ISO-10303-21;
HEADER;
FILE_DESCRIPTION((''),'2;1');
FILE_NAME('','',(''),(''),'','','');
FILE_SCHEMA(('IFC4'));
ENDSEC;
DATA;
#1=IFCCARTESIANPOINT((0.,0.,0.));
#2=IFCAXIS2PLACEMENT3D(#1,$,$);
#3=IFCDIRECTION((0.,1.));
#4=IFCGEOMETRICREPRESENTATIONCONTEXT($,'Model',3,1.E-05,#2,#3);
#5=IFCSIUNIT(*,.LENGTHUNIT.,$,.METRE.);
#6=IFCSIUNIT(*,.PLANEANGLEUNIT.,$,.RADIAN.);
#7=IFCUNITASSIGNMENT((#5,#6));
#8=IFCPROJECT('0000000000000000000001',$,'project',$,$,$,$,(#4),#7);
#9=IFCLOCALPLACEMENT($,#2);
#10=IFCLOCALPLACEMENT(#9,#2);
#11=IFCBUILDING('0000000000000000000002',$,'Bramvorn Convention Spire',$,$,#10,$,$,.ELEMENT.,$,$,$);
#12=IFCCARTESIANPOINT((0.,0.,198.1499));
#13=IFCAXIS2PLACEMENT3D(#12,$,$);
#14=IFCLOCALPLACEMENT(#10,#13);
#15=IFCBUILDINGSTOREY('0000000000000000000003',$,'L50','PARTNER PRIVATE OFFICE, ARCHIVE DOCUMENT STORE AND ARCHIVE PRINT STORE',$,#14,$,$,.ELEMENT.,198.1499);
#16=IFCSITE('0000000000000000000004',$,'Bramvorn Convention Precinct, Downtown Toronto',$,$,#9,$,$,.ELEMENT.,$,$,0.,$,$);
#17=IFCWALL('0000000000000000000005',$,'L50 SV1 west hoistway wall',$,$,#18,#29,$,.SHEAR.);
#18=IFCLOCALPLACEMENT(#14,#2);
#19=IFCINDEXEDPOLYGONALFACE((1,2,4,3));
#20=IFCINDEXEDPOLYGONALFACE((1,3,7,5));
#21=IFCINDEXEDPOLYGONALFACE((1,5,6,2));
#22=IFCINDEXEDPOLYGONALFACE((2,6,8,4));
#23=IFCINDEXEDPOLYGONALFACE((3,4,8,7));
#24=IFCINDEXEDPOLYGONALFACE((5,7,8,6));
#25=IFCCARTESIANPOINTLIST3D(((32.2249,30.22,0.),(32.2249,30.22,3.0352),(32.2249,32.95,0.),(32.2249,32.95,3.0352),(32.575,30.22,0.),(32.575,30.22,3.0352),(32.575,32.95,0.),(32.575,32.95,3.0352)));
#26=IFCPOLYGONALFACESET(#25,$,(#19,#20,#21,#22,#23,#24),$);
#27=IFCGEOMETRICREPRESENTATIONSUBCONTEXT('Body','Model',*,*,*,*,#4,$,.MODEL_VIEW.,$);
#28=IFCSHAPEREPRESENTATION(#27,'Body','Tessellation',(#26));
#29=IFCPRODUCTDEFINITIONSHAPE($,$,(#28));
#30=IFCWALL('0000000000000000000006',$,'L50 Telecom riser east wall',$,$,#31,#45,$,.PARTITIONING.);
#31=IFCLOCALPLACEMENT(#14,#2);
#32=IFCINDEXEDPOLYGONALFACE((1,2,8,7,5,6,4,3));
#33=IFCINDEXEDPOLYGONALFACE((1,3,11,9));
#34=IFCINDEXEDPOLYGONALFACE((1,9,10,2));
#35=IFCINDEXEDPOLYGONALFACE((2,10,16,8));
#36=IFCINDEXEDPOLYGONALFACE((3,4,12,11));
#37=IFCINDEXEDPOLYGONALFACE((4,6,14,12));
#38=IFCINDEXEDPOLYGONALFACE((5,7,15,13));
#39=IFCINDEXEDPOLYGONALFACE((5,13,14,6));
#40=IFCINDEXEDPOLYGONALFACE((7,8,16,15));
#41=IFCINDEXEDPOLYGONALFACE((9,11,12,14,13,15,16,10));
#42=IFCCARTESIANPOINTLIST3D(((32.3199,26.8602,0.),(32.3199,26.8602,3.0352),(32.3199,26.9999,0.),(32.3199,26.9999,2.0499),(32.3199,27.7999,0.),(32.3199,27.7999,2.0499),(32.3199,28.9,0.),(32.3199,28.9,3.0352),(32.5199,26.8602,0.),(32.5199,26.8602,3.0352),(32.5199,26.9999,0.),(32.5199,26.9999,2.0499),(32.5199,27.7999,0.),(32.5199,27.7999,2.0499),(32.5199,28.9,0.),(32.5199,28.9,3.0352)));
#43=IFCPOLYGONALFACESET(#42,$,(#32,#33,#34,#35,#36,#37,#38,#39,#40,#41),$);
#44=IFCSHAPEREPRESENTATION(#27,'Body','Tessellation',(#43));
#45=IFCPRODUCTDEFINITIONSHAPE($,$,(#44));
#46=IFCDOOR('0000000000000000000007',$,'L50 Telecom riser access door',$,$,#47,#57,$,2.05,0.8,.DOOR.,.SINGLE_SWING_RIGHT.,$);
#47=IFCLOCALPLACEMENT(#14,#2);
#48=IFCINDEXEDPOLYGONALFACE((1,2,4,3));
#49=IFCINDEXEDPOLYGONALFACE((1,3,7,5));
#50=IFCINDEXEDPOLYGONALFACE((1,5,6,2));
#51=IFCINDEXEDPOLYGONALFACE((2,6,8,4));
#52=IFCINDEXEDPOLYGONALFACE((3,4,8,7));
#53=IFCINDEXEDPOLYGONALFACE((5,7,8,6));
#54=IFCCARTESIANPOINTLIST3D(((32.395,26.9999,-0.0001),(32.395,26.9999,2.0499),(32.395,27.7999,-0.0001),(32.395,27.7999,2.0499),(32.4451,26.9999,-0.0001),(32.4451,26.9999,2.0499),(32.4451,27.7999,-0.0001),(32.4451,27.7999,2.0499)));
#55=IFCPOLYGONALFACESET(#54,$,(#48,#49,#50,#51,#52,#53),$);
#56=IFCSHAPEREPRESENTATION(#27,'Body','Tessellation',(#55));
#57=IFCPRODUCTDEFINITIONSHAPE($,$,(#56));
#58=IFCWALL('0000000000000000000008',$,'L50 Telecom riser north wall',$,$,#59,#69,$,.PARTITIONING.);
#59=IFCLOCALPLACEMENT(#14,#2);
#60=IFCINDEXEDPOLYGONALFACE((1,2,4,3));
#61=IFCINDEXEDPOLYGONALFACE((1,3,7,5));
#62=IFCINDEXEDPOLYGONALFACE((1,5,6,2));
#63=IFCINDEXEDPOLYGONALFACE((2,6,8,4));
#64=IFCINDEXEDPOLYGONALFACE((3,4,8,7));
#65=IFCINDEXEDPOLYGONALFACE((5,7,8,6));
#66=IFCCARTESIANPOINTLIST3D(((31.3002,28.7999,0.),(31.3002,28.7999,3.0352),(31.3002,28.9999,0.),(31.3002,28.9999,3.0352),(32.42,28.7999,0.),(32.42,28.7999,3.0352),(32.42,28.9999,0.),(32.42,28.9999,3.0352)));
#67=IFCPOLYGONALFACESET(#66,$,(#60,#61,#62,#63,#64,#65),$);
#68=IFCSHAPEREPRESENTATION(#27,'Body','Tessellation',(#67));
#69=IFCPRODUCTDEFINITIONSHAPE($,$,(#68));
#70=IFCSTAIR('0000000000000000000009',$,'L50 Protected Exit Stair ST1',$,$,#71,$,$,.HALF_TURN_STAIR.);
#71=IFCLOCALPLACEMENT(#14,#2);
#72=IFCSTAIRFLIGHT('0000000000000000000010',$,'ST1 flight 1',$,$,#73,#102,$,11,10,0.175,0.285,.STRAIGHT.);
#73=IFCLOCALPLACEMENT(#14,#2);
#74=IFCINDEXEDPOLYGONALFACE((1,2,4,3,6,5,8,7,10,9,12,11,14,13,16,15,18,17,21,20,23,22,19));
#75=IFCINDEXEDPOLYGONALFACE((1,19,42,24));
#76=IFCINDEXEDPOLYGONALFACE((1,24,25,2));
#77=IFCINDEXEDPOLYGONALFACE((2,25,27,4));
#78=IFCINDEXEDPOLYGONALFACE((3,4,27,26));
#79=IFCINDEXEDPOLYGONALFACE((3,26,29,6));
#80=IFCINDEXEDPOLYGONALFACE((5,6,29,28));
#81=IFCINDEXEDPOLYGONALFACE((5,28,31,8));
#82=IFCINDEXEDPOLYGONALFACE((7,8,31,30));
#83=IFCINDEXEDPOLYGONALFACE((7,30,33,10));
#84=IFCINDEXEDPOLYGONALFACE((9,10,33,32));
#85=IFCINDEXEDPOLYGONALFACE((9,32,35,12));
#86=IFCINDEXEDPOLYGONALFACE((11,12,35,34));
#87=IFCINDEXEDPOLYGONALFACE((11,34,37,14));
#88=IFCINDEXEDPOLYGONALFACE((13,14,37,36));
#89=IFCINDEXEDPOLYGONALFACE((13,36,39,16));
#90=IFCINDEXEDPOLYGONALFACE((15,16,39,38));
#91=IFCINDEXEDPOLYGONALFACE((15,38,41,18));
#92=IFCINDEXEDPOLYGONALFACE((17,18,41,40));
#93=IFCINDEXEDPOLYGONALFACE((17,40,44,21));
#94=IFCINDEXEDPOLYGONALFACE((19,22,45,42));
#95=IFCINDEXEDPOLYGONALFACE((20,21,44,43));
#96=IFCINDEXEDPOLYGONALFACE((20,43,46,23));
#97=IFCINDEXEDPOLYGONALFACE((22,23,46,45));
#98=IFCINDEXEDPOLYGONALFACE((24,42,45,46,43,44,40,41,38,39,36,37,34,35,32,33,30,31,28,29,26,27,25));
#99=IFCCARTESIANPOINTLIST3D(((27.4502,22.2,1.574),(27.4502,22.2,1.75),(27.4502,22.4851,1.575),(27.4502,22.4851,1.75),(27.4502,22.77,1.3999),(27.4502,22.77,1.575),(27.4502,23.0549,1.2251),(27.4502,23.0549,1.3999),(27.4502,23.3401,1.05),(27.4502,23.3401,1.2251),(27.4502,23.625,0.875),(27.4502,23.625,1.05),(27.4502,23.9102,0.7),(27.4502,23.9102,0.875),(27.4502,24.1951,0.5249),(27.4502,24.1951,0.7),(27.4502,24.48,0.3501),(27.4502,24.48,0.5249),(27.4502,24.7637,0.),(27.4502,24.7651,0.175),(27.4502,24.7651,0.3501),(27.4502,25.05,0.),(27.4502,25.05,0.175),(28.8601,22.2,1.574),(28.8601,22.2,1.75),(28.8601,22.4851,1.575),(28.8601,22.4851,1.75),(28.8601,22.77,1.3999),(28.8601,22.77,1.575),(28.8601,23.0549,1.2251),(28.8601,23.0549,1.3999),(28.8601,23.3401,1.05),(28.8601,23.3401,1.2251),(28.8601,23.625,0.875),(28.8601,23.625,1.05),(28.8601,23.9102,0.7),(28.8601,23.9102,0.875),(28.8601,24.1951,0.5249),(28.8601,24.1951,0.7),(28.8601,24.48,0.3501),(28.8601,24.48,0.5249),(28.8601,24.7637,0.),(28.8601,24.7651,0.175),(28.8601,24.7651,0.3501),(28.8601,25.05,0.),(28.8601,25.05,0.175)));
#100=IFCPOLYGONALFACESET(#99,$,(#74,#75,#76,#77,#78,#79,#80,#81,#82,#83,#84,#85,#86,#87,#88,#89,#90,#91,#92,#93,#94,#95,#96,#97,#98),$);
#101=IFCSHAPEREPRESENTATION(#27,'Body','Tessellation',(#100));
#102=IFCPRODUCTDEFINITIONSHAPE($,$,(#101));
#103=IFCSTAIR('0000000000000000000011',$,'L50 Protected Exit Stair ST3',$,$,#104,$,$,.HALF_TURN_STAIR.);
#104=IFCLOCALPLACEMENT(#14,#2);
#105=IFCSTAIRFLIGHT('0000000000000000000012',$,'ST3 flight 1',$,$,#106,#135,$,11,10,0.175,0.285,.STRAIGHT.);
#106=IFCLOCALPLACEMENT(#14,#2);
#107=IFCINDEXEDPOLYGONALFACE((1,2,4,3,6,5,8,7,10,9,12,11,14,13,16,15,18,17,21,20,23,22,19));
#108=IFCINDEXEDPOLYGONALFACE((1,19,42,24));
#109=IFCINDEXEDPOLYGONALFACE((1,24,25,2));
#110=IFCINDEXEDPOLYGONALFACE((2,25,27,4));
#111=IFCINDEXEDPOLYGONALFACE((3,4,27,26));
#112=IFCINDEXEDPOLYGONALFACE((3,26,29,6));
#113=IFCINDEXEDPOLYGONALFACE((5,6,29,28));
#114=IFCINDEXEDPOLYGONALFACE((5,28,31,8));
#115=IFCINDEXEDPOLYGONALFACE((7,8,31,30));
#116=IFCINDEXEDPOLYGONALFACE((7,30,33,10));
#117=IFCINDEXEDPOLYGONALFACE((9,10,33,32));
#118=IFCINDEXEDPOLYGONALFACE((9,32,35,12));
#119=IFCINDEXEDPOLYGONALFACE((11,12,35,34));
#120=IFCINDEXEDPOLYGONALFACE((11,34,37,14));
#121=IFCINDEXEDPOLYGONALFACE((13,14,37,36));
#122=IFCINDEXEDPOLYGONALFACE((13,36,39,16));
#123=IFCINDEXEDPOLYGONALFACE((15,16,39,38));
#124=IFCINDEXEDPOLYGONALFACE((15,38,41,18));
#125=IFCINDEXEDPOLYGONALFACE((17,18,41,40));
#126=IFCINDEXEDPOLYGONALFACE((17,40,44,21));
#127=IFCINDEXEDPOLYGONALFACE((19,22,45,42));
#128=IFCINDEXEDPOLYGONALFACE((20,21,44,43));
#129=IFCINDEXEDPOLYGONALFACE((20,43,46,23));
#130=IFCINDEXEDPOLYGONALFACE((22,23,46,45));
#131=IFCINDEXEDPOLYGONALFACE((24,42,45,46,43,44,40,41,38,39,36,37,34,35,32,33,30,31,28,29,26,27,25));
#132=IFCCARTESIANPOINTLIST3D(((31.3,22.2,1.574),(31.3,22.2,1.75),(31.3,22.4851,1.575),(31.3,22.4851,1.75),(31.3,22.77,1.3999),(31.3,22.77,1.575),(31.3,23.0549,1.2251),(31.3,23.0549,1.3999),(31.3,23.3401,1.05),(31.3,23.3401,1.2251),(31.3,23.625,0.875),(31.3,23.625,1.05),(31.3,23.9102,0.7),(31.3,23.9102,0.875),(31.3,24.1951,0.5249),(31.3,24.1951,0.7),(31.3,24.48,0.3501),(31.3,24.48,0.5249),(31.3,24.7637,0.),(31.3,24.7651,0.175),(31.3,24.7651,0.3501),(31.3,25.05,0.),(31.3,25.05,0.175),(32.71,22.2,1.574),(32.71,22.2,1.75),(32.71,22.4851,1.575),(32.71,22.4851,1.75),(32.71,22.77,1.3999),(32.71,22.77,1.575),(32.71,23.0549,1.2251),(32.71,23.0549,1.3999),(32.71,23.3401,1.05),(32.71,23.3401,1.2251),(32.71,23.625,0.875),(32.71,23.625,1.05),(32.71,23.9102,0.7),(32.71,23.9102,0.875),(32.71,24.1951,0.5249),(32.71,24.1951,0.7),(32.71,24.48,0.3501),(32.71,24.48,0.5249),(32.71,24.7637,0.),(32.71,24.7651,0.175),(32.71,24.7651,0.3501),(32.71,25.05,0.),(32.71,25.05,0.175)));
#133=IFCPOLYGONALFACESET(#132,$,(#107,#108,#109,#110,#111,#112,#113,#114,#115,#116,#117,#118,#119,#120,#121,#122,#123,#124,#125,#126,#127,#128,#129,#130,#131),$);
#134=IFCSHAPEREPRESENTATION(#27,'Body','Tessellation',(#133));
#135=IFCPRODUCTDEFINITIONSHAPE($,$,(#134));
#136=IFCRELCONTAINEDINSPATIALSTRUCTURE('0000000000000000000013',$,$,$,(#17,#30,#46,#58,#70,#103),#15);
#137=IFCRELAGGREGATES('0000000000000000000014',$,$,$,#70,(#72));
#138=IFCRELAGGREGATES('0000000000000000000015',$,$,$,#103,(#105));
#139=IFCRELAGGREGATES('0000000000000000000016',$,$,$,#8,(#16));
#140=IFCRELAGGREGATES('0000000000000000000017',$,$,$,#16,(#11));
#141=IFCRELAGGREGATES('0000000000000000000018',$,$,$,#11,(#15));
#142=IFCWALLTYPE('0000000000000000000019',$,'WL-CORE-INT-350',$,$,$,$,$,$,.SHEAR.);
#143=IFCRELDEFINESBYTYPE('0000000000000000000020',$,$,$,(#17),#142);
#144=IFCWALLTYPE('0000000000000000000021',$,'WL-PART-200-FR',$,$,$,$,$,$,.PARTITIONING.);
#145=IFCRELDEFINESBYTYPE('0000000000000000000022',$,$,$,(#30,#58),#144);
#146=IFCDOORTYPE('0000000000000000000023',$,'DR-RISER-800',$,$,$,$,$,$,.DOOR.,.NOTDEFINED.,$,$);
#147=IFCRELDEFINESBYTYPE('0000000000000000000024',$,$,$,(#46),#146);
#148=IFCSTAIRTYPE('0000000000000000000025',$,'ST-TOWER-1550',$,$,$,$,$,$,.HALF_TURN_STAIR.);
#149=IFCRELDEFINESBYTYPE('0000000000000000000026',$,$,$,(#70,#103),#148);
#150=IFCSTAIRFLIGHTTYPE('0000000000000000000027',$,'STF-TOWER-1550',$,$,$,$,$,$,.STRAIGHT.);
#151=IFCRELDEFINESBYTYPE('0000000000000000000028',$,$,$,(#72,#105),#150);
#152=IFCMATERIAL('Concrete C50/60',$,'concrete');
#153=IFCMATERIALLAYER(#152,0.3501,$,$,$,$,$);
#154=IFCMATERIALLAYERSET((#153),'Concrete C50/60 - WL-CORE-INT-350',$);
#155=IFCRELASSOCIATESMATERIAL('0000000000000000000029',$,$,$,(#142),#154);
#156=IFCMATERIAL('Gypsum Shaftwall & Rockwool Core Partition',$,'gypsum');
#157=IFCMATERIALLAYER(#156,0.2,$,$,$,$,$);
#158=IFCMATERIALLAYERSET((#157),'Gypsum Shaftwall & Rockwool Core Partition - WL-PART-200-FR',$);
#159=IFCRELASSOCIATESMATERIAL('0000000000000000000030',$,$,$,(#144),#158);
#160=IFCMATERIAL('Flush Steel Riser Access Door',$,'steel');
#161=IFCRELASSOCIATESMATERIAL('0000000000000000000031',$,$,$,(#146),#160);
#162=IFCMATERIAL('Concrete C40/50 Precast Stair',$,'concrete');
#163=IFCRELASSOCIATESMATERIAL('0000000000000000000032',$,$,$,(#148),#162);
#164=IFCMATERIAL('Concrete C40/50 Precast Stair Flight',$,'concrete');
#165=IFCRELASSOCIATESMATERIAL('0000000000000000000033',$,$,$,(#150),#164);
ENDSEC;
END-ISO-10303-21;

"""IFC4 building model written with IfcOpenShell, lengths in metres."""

from ifc_helpers import new_model, si_unit, direction, frame, frame_2d, origin, place, context, subcontext, project, spatial, polyline, rectangle, outline, extrude, material, layer, layer_set, type_object, element, fill, aggregate, save


model = new_model("IFC4")

# Units and contexts
model_context = context("Model", 3, precision=1e-05, world=origin(), true_north=direction((0.0, 1.0)))
body_context = subcontext(model_context, "Body", "Model", "MODEL_VIEW")
ifc_project = project(units=[si_unit("LENGTHUNIT", "METRE"), si_unit("PLANEANGLEUNIT", "RADIAN")], contexts=[model_context])

# Site, building, storey
site_placement = place(None, origin())
site = spatial("IfcSite", under=ifc_project, at=site_placement, Name="Bramvorn Convention Precinct, Downtown Toronto", CompositionType="ELEMENT", RefElevation=0.0)
building_placement = place(site_placement, origin())
building = spatial("IfcBuilding", under=site, at=building_placement, Name="Bramvorn Convention Spire", CompositionType="ELEMENT")
storey_placement = place(building_placement, frame((0.0, 0.0, 198.1499)))
storey = spatial("IfcBuildingStorey", under=building, at=storey_placement, Name="L50", Description="PARTNER PRIVATE OFFICE, ARCHIVE DOCUMENT STORE AND ARCHIVE PRINT STORE", CompositionType="ELEMENT", Elevation=198.1499)

# Shared definitions
ifc_material_1 = material(Name="Concrete C50/60", Category="concrete")
ifc_layer_1 = layer(ifc_material_1, 0.3501)
ifc_layer_set_1 = layer_set([ifc_layer_1], Name="Concrete C50/60 - WL-CORE-INT-350")
wall_type_1 = type_object("IfcWallType", Name="WL-CORE-INT-350", PredefinedType="SHEAR", material=ifc_layer_set_1)

# Wall
wall_1_placement = place(storey_placement, frame((32.3999, 30.22, 0.0), z_axis=(0.0, 0.0, 1.0), x_axis=(0.0, 1.0, 0.0)))
element("IfcWall", 1, at=wall_1_placement, inside=storey, type_object=wall_type_1, Name="L50 SV1 west hoistway wall", PredefinedType="SHEAR", context=body_context, shape_type="SweptSolid", body=[
    extrude(rectangle(XDim=2.73, YDim=0.3501, at=frame_2d((1.365, 0.0))), origin(), (0.0, 0.0, 1.0), 3.0352),
])

# Wall, opening, door
ifc_material_2 = material(Name="Gypsum Shaftwall & Rockwool Core Partition", Category="gypsum")
ifc_layer_2 = layer(ifc_material_2, 0.2)
ifc_layer_set_2 = layer_set([ifc_layer_2], Name="Gypsum Shaftwall & Rockwool Core Partition - WL-PART-200-FR")
wall_type_2 = type_object("IfcWallType", Name="WL-PART-200-FR", PredefinedType="PARTITIONING", material=ifc_layer_set_2)
wall_2_placement = place(storey_placement, frame((32.4199, 26.8601, 0.0), z_axis=(0.0, 0.0, 1.0), x_axis=(0.0, 1.0, 0.0)))
wall_2 = element("IfcWall", 2, at=wall_2_placement, inside=storey, type_object=wall_type_2, Name="L50 Telecom riser east wall", PredefinedType="PARTITIONING", context=body_context, shape_type="SweptSolid", body=[
    extrude(rectangle(XDim=2.0398, YDim=0.2, at=frame_2d((1.02, 0.0))), origin(), (0.0, 0.0, 1.0), 3.0352),
])
opening_1_placement = place(wall_2_placement, frame((0.1399, 0.0, 0.0)))
opening_1 = element("IfcOpeningElement", 3, at=opening_1_placement, cuts=wall_2, PredefinedType="OPENING", context=body_context, shape_type="SweptSolid", body=[
    extrude(rectangle(XDim=0.8, YDim=2.05, at=frame_2d((0.3999, 1.0249))), frame((0.0, 0.1099, 0.0), z_axis=(0.0, -1.0, 0.0), x_axis=(1.0, 0.0, 0.0)), (0.0, 0.0, 1.0), 0.22),
])
ifc_material_3 = material(Name="Flush Steel Riser Access Door", Category="steel")
door_type_1 = type_object("IfcDoorType", Name="DR-RISER-800", OperationType="NOTDEFINED", PredefinedType="DOOR", material=ifc_material_3)
door_1_placement = place(opening_1_placement, origin())
door_1 = element("IfcDoor", 4, at=door_1_placement, inside=storey, type_object=door_type_1, Name="L50 Telecom riser access door", OperationType="SINGLE_SWING_RIGHT", OverallHeight=2.05, OverallWidth=0.8, PredefinedType="DOOR", context=body_context, shape_type="SweptSolid", body=[
    extrude(rectangle(XDim=0.8, YDim=2.05, at=frame_2d((0.3999, 1.0249))), frame((0.0, 0.0249, 0.0), z_axis=(0.0, -1.0, 0.0), x_axis=(1.0, 0.0, 0.0)), (0.0, 0.0, 1.0), 0.05),
])
fill(opening_1, door_1)

# Wall
wall_3_placement = place(storey_placement, frame((31.3, 28.8999, 0.0), z_axis=(0.0, 0.0, 1.0), x_axis=(1.0, 0.0, 0.0)))
element("IfcWall", 5, at=wall_3_placement, inside=storey, type_object=wall_type_2, Name="L50 Telecom riser north wall", PredefinedType="PARTITIONING", context=body_context, shape_type="SweptSolid", body=[
    extrude(rectangle(XDim=1.1199, YDim=0.2, at=frame_2d((0.5601, 0.0))), origin(), (0.0, 0.0, 1.0), 3.0352),
])

# Stairs, stair flights
ifc_material_4 = material(Name="Concrete C40/50 Precast Stair", Category="concrete")
stair_type = type_object("IfcStairType", Name="ST-TOWER-1550", PredefinedType="HALF_TURN_STAIR", material=ifc_material_4)
stair_1_placement = place(storey_placement, origin())
stair_1 = element("IfcStair", 6, at=stair_1_placement, inside=storey, type_object=stair_type, Name="L50 Protected Exit Stair ST1", PredefinedType="HALF_TURN_STAIR")
ifc_material_5 = material(Name="Concrete C40/50 Precast Stair Flight", Category="concrete")
stair_flight_type = type_object("IfcStairFlightType", Name="STF-TOWER-1550", PredefinedType="STRAIGHT", material=ifc_material_5)
stair_flight_1_placement = place(storey_placement, frame((28.155, 25.05, 0.0), z_axis=(0.0, 0.0, 1.0), x_axis=(0.0, -1.0, 0.0)))
stair_flight_1 = element("IfcStairFlight", 7, at=stair_flight_1_placement, type_object=stair_flight_type, Name="ST1 flight 1", NumberOfRisers=11, NumberOfTreads=10, PredefinedType="STRAIGHT", RiserHeight=0.175, TreadLength=0.285, context=body_context, shape_type="SweptSolid", body=[
    extrude(outline(polyline([(0.0, 0.0), (0.0, 0.175), (0.2849, 0.175), (0.2849, 0.3501), (0.5701, 0.3501), (0.5701, 0.5249), (0.855, 0.5249), (0.855, 0.7), (1.1399, 0.7), (1.1399, 0.875), (1.425, 0.875), (1.425, 1.05), (1.71, 1.05), (1.71, 1.2251), (1.9951, 1.2251), (1.9951, 1.3999), (2.28, 1.3999), (2.28, 1.575), (2.5649, 1.575), (2.5649, 1.75), (2.8501, 1.75), (2.8501, 1.925), (2.8501, 1.574), (0.2864, 0.0), (0.0, 0.0)])), frame((0.0, 0.7051, 0.0), z_axis=(0.0, -1.0, 0.0), x_axis=(1.0, 0.0, 0.0)), (0.0, 0.0, 1.0), 1.4099),
])
aggregate(stair_1, [stair_flight_1])
stair_2_placement = place(storey_placement, origin())
stair_2 = element("IfcStair", 8, at=stair_2_placement, inside=storey, type_object=stair_type, Name="L50 Protected Exit Stair ST3", PredefinedType="HALF_TURN_STAIR")
stair_flight_2_placement = place(storey_placement, frame((32.0049, 25.05, 0.0), z_axis=(0.0, 0.0, 1.0), x_axis=(0.0, -1.0, 0.0)))
stair_flight_2 = element("IfcStairFlight", 9, at=stair_flight_2_placement, type_object=stair_flight_type, Name="ST3 flight 1", NumberOfRisers=11, NumberOfTreads=10, PredefinedType="STRAIGHT", RiserHeight=0.175, TreadLength=0.285, context=body_context, shape_type="SweptSolid", body=[
    extrude(outline(polyline([(0.0, 0.0), (0.0, 0.175), (0.2849, 0.175), (0.2849, 0.3501), (0.5701, 0.3501), (0.5701, 0.5249), (0.855, 0.5249), (0.855, 0.7), (1.1399, 0.7), (1.1399, 0.875), (1.425, 0.875), (1.425, 1.05), (1.71, 1.05), (1.71, 1.2251), (1.9951, 1.2251), (1.9951, 1.3999), (2.28, 1.3999), (2.28, 1.575), (2.5649, 1.575), (2.5649, 1.75), (2.8501, 1.75), (2.8501, 1.925), (2.8501, 1.574), (0.2864, 0.0), (0.0, 0.0)])), frame((0.0, 0.7051, 0.0), z_axis=(0.0, -1.0, 0.0), x_axis=(1.0, 0.0, 0.0)), (0.0, 0.0, 1.0), 1.4099),
])
aggregate(stair_2, [stair_flight_2])

save(model, "model.ifc")
